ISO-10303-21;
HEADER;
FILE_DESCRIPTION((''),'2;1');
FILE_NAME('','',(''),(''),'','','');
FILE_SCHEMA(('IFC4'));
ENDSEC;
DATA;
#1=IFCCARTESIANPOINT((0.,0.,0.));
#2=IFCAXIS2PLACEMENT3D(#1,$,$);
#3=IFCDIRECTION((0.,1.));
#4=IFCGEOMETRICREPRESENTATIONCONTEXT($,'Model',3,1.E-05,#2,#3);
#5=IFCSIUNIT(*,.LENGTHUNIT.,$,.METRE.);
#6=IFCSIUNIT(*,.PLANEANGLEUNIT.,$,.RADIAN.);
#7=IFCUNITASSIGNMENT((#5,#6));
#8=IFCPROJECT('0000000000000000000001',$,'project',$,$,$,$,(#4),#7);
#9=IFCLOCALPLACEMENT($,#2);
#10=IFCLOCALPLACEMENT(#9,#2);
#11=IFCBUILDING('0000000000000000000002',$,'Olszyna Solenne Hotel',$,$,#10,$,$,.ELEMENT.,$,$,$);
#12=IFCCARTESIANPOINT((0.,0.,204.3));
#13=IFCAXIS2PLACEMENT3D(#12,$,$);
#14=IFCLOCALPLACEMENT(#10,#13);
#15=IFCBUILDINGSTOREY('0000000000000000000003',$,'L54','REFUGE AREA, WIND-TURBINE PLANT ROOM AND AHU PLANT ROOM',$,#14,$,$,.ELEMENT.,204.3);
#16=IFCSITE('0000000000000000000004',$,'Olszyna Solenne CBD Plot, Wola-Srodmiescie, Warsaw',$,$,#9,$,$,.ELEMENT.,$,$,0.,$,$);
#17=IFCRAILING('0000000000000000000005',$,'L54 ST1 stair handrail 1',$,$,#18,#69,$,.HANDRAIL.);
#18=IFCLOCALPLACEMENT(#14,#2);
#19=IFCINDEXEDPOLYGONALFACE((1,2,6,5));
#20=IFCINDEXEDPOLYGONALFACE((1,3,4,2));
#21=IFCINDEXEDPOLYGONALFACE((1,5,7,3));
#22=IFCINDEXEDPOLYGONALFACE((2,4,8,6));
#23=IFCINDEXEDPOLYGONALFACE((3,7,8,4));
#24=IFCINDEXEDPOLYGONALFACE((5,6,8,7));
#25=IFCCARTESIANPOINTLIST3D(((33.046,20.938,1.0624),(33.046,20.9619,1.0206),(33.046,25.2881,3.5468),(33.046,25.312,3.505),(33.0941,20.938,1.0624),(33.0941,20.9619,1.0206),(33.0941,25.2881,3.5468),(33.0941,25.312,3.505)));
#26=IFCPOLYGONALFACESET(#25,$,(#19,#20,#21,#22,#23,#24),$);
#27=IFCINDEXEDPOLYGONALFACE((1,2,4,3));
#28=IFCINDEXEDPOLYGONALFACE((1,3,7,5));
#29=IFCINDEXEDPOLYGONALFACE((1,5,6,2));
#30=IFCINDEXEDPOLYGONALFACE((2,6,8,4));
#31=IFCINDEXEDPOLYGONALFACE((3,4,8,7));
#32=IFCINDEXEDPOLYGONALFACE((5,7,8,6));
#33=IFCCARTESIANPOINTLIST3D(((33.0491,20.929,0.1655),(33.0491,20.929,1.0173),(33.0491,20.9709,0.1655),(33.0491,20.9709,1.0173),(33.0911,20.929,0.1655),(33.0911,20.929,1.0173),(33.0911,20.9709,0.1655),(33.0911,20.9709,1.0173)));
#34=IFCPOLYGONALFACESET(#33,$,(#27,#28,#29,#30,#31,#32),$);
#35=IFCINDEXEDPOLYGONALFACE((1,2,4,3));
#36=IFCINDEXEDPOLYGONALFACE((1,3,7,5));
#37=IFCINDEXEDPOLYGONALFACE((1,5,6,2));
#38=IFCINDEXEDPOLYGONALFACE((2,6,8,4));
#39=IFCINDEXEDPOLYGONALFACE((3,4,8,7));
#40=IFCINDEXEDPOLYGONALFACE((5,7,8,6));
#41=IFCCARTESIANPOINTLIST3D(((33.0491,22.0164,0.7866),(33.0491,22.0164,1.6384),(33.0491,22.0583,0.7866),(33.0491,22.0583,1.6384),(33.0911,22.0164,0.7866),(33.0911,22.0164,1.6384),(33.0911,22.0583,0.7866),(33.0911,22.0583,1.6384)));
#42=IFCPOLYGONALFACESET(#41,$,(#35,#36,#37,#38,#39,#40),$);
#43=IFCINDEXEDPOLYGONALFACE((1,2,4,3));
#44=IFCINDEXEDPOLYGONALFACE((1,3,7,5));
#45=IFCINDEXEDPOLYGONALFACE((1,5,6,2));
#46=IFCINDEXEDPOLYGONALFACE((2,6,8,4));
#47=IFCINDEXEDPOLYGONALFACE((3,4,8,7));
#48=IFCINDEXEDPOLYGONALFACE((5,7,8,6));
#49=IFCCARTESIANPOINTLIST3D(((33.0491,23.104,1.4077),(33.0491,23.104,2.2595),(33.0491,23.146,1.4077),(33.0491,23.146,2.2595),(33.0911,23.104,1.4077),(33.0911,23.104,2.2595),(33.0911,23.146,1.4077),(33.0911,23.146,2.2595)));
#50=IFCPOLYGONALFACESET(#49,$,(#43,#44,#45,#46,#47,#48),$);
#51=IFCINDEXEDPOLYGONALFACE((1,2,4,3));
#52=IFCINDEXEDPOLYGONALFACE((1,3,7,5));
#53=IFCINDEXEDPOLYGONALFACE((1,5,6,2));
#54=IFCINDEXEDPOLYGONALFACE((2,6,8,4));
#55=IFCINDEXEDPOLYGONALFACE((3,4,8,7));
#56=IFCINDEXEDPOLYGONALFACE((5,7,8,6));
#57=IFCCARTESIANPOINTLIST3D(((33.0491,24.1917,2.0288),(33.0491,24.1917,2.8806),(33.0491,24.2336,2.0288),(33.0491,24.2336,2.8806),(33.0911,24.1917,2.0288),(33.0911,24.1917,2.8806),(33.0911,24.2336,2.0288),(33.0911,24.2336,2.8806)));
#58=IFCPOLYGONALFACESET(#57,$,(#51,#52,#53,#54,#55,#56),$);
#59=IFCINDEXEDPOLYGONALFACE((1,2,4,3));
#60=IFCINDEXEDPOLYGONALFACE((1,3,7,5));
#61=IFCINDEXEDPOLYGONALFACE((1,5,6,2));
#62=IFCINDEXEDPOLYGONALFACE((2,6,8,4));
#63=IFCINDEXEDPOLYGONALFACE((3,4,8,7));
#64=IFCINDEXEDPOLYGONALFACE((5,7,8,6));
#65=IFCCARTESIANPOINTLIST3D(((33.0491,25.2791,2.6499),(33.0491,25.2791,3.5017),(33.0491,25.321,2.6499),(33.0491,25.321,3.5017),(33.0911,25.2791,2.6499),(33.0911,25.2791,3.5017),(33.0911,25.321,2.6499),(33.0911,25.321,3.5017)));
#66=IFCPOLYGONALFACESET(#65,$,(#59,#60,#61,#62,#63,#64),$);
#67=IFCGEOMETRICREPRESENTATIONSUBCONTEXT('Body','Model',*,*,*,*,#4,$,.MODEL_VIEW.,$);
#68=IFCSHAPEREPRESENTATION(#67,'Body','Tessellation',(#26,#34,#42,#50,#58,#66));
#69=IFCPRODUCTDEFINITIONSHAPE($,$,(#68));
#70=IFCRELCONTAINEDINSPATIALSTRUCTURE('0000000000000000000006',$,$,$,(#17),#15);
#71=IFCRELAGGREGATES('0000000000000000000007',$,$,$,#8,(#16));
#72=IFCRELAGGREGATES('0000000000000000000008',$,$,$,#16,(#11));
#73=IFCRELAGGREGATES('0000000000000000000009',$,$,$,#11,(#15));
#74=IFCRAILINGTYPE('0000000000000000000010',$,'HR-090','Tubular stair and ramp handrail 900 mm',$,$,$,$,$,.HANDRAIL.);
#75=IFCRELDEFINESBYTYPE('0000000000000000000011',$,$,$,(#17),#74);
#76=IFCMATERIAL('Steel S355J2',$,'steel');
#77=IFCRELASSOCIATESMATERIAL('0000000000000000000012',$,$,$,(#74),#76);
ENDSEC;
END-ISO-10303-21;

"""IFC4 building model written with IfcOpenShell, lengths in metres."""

from ifc_helpers import new_model, si_unit, direction, frame, origin, origin_2d, place, context, subcontext, project, spatial, rectangle, extrude, material, type_object, element, save


model = new_model("IFC4")

# Units and contexts
model_context = context("Model", 3, precision=1e-05, world=origin(), true_north=direction((0.0, 1.0)))
body_context = subcontext(model_context, "Body", "Model", "MODEL_VIEW")
ifc_project = project(units=[si_unit("LENGTHUNIT", "METRE"), si_unit("PLANEANGLEUNIT", "RADIAN")], contexts=[model_context])

# Site, building, storey
site_placement = place(None, origin())
site = spatial("IfcSite", under=ifc_project, at=site_placement, Name="Olszyna Solenne CBD Plot, Wola-Srodmiescie, Warsaw", CompositionType="ELEMENT", RefElevation=0.0)
building_placement = place(site_placement, origin())
building = spatial("IfcBuilding", under=site, at=building_placement, Name="Olszyna Solenne Hotel", CompositionType="ELEMENT")
storey_placement = place(building_placement, frame((0.0, 0.0, 204.3)))
storey = spatial("IfcBuildingStorey", under=building, at=storey_placement, Name="L54", Description="REFUGE AREA, WIND-TURBINE PLANT ROOM AND AHU PLANT ROOM", CompositionType="ELEMENT", Elevation=204.3)

# Shared definitions
ifc_material_1 = material(Name="Steel S355J2", Category="steel")

# Railing
railing_type_1 = type_object("IfcRailingType", Name="HR-090", Description="Tubular stair and ramp handrail 900 mm", PredefinedType="HANDRAIL", material=ifc_material_1)
railing_1_placement = place(storey_placement, frame((33.0701, 20.95, 0.1655)))
element("IfcRailing", 1, at=railing_1_placement, inside=storey, type_object=railing_type_1, Name="L54 ST1 stair handrail 1", PredefinedType="HANDRAIL", context=body_context, shape_type="SweptSolid", body=[
    extrude(rectangle(XDim=0.0481, YDim=0.0481, at=origin_2d()), frame((0.0, 0.0, 0.876), z_axis=(0.0, 0.868363, 0.495929), x_axis=(-1.0, 0.0, 0.0)), (0.0, 0.0, 1.0), 5.0095),
    extrude(rectangle(XDim=0.042, YDim=0.042, at=origin_2d()), origin(), (0.0, 0.0, 1.0), 0.8518),
    extrude(rectangle(XDim=0.042, YDim=0.042, at=origin_2d()), frame((0.0, 1.0874, 0.6211)), (0.0, 0.0, 1.0), 0.8518),
    extrude(rectangle(XDim=0.042, YDim=0.042, at=origin_2d()), frame((0.0, 2.175, 1.2422)), (0.0, 0.0, 1.0), 0.8518),
    extrude(rectangle(XDim=0.042, YDim=0.042, at=origin_2d()), frame((0.0, 3.2627, 1.8633)), (0.0, 0.0, 1.0), 0.8518),
    extrude(rectangle(XDim=0.042, YDim=0.042, at=origin_2d()), frame((0.0, 4.3501, 2.4844)), (0.0, 0.0, 1.0), 0.8518),
])

save(model, "model.ifc")
